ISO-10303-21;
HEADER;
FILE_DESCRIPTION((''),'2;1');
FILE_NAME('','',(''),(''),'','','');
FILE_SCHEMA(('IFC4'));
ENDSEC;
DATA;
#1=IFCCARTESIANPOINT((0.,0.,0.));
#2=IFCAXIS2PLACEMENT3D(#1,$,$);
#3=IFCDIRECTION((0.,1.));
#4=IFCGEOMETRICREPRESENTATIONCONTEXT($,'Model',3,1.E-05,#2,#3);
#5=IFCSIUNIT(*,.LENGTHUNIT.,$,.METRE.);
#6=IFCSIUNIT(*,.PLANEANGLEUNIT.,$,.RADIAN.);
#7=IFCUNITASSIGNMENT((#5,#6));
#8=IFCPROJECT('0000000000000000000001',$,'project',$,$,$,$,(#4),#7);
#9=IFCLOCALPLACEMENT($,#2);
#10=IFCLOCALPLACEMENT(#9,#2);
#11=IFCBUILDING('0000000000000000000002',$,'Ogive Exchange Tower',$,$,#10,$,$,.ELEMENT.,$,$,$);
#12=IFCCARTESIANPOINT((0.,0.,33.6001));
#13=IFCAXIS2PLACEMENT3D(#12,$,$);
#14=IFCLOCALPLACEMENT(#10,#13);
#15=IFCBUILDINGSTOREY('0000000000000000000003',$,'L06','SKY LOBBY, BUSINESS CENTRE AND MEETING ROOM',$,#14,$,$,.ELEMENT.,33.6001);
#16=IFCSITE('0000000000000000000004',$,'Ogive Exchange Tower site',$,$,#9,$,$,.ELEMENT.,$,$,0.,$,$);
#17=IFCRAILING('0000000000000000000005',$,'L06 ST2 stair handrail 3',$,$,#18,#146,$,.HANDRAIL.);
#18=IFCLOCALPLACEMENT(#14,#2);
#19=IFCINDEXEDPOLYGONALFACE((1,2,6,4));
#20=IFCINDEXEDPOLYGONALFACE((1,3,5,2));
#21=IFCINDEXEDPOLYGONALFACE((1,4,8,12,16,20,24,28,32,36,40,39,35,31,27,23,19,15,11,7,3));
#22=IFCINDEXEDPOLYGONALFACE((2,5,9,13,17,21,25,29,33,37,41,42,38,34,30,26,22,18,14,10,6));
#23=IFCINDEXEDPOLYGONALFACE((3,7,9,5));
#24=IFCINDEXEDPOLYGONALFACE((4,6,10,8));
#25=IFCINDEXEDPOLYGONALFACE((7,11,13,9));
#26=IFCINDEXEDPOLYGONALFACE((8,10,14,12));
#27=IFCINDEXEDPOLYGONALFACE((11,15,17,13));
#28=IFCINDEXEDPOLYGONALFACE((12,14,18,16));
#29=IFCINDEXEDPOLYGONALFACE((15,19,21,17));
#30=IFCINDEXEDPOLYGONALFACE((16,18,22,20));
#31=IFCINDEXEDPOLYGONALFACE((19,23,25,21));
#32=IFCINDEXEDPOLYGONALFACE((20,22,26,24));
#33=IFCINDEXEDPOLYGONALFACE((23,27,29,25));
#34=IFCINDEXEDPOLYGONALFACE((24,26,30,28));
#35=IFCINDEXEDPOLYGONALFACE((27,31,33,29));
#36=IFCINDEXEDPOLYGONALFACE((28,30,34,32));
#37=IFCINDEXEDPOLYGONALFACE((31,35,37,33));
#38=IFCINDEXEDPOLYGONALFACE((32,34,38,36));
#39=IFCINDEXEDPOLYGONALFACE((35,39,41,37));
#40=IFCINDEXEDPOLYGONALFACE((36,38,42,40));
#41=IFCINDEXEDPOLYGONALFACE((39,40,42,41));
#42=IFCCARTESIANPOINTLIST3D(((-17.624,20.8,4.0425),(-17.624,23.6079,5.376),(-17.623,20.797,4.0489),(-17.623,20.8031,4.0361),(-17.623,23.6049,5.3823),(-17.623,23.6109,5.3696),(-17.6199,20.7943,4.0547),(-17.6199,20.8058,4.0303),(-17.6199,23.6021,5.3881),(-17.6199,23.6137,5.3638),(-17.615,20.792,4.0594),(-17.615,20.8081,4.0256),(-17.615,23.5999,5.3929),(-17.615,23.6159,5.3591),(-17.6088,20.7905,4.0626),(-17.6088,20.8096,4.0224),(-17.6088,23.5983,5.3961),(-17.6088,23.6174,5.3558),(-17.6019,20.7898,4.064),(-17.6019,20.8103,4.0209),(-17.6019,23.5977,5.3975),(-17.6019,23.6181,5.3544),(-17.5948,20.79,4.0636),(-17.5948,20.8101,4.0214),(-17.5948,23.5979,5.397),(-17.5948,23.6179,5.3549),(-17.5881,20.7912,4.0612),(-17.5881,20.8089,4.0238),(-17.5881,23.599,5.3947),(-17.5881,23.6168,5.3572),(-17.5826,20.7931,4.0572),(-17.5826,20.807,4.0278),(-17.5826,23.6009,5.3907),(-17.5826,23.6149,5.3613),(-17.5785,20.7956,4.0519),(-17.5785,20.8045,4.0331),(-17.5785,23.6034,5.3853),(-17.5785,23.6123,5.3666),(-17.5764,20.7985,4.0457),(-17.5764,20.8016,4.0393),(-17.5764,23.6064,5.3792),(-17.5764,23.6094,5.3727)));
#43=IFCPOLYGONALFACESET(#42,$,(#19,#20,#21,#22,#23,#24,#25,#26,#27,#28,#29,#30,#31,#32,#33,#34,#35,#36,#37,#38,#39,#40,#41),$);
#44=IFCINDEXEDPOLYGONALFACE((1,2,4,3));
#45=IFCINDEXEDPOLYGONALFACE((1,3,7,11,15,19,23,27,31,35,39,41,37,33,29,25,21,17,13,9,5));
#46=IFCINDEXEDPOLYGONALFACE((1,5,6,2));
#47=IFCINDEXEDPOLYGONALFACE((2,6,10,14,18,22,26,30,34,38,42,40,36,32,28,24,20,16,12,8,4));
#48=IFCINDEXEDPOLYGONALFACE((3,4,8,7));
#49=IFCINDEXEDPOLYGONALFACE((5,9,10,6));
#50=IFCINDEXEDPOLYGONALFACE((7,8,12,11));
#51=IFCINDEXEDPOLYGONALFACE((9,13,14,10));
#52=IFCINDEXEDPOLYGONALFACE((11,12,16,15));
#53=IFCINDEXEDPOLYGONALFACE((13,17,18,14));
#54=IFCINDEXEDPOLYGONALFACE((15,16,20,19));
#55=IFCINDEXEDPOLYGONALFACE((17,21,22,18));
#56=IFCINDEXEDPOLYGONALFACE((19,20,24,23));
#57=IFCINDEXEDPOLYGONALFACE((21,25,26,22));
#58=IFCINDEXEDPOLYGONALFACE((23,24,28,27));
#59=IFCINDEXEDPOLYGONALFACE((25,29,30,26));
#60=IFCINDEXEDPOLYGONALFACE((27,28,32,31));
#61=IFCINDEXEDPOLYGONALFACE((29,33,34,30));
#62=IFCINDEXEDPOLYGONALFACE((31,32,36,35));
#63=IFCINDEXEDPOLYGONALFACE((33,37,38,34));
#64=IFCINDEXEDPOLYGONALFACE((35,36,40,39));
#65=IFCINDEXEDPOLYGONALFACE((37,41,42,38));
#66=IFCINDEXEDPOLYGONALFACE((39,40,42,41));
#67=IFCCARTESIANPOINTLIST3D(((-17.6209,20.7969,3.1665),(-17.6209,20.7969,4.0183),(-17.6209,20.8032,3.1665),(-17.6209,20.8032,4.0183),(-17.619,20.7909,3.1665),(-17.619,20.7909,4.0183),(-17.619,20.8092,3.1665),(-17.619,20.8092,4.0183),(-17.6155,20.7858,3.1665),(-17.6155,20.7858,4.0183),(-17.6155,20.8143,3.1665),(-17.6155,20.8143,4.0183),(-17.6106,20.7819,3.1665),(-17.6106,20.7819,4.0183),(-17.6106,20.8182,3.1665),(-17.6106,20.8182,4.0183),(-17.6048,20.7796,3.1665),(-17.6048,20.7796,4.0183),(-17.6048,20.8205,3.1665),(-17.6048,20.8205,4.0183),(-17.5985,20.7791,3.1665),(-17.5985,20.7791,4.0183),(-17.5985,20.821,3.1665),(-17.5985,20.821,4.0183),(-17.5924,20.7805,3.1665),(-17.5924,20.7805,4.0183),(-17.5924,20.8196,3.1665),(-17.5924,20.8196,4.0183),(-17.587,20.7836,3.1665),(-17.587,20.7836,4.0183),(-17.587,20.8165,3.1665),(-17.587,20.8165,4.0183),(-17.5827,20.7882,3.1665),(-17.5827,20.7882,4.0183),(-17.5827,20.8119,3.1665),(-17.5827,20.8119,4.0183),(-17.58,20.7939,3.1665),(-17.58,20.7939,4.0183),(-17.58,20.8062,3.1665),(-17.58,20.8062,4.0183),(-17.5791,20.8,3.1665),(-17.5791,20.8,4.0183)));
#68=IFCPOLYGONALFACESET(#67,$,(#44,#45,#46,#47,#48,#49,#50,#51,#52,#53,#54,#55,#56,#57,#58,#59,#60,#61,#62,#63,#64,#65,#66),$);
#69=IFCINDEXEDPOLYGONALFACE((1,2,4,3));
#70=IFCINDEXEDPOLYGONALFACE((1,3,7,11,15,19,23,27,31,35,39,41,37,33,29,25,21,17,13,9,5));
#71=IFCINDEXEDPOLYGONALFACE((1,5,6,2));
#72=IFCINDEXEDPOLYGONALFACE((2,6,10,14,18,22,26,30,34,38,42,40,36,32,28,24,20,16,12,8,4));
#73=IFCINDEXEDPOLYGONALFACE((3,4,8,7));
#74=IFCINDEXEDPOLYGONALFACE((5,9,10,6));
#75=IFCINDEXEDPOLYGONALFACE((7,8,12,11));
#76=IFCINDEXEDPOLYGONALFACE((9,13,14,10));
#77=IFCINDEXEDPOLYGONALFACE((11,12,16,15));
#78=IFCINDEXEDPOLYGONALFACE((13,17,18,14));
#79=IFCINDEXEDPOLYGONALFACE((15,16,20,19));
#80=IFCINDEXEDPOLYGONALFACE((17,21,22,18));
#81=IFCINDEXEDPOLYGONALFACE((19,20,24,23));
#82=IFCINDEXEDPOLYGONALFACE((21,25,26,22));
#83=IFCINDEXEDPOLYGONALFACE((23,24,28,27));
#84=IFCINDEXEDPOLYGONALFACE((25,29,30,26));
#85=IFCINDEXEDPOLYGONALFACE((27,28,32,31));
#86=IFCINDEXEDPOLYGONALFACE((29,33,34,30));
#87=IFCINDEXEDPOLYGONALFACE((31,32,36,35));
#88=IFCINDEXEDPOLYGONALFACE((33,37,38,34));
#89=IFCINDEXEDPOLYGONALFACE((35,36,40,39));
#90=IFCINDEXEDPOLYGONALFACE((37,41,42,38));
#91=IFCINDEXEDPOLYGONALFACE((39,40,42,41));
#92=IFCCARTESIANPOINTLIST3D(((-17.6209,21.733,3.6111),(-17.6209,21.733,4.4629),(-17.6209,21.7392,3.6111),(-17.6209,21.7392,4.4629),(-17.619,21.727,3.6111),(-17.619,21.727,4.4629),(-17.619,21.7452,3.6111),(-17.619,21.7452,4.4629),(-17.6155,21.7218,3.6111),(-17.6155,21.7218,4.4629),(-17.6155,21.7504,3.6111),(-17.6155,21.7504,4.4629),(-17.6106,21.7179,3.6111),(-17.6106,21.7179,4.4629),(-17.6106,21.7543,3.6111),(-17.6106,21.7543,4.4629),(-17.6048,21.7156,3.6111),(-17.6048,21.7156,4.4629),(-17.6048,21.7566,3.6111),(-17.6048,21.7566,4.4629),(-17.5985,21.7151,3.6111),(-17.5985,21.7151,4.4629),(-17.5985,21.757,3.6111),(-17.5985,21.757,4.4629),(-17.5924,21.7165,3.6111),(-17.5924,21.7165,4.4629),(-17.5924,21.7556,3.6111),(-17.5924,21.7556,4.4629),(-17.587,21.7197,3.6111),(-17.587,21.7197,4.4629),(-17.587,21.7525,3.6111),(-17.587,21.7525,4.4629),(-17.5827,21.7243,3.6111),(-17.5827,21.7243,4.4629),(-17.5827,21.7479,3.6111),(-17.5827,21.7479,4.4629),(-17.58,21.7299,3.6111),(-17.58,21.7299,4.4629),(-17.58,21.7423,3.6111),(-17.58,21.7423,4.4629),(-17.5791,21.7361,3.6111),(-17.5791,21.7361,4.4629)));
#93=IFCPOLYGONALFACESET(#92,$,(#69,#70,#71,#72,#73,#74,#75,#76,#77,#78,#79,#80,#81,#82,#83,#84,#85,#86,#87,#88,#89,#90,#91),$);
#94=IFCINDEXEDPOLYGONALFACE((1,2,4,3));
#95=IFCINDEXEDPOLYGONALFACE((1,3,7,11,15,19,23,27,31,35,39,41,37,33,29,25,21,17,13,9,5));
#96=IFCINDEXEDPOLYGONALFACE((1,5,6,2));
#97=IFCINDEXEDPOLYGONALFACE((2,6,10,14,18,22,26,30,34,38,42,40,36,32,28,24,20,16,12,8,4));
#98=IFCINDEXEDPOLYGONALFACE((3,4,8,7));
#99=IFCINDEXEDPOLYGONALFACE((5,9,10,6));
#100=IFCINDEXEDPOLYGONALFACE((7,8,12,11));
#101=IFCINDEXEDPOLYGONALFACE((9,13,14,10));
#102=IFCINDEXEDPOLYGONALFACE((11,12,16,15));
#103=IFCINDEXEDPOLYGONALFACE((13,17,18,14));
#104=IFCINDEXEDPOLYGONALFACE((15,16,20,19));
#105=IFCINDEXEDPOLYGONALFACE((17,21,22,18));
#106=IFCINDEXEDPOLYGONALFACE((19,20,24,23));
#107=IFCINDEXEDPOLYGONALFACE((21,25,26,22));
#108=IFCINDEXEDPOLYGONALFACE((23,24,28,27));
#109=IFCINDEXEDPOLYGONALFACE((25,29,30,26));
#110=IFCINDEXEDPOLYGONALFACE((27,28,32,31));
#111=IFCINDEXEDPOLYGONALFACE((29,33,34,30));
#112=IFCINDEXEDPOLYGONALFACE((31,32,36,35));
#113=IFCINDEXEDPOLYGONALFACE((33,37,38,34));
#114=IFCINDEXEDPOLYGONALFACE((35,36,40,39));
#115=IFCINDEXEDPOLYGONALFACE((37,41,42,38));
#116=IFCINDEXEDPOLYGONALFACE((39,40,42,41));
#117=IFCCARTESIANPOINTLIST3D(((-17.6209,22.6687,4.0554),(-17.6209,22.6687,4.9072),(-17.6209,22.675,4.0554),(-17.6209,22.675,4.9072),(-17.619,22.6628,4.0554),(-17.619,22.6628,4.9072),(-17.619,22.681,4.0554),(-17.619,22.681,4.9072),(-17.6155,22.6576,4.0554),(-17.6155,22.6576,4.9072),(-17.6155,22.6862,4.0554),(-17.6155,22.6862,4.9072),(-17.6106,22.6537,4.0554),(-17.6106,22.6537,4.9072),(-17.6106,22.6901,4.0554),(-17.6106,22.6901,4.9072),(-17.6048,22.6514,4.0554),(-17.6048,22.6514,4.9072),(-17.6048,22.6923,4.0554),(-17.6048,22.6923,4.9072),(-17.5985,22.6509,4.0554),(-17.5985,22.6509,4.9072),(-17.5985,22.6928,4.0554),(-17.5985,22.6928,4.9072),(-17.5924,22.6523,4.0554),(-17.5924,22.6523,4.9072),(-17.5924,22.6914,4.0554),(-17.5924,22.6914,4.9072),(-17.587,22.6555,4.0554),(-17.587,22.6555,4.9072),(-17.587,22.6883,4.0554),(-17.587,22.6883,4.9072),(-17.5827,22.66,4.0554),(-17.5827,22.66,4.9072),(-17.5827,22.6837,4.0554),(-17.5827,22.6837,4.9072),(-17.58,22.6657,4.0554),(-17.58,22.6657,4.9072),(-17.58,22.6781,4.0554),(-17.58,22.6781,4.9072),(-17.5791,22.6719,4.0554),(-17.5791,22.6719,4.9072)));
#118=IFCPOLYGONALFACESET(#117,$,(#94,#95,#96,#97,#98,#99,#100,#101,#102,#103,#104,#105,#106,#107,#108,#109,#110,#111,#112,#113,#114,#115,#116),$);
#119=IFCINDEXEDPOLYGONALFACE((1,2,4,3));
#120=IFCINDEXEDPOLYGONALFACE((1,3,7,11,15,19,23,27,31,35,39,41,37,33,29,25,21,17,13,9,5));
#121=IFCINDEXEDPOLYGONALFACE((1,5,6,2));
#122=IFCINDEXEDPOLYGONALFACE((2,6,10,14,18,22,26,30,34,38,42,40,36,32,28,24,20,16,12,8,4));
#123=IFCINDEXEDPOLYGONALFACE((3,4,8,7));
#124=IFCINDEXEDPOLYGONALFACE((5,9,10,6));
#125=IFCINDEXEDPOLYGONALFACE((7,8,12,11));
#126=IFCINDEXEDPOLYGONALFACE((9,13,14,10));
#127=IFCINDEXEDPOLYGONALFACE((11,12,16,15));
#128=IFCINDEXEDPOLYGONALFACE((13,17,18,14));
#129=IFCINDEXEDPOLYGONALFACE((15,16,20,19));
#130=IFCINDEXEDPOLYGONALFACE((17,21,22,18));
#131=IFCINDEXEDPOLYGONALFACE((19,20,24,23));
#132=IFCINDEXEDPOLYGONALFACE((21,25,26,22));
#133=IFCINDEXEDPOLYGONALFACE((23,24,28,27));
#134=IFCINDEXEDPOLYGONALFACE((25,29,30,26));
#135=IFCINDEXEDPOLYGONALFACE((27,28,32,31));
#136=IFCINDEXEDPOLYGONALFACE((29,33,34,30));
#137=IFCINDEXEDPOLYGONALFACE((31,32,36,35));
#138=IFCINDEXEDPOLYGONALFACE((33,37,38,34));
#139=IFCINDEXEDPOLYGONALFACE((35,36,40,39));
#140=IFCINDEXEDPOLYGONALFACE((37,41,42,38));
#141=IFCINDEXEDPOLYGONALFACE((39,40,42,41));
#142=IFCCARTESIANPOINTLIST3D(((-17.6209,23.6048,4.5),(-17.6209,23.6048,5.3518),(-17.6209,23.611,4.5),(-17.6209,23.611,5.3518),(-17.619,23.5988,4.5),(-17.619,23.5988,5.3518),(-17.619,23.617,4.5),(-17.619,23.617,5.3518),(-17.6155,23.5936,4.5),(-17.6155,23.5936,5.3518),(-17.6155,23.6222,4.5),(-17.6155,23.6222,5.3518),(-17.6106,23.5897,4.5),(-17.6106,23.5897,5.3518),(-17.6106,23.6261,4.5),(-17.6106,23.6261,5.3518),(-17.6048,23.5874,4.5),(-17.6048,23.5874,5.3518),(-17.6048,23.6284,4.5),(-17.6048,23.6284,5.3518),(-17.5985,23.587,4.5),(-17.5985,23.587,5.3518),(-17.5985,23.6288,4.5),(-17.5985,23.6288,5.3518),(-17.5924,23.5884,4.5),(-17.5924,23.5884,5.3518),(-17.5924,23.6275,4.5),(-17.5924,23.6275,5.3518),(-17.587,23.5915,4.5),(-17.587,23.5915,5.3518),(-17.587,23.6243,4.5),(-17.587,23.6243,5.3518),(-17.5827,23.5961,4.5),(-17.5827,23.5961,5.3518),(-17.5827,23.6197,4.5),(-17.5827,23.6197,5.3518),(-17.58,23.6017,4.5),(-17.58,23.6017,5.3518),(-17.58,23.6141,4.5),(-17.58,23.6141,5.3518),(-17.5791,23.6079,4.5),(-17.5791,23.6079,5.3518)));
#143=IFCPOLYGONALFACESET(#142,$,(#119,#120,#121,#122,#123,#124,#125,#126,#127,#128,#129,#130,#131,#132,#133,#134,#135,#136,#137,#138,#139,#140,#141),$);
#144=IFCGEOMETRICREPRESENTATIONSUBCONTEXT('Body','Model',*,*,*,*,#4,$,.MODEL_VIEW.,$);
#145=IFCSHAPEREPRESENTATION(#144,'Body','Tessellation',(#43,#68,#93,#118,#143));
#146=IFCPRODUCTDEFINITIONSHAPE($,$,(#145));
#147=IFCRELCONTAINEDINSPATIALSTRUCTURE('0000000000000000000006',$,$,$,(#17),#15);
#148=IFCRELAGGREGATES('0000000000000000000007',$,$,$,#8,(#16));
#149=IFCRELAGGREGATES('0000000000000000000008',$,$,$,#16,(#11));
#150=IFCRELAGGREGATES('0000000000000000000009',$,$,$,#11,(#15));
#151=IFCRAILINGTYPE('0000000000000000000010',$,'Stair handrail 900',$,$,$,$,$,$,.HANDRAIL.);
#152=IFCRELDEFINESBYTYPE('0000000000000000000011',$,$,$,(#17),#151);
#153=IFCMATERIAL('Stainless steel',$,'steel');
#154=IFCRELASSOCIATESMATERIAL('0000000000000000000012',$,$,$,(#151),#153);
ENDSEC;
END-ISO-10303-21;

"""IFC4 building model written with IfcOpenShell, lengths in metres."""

from ifc_helpers import new_model, si_unit, direction, frame, origin, origin_2d, place, context, subcontext, project, spatial, circle, extrude, material, type_object, element, save


model = new_model("IFC4")

# Units and contexts
model_context = context("Model", 3, precision=1e-05, world=origin(), true_north=direction((0.0, 1.0)))
body_context = subcontext(model_context, "Body", "Model", "MODEL_VIEW")
ifc_project = project(units=[si_unit("LENGTHUNIT", "METRE"), si_unit("PLANEANGLEUNIT", "RADIAN")], contexts=[model_context])

# Site, building, storey
site_placement = place(None, origin())
site = spatial("IfcSite", under=ifc_project, at=site_placement, Name="Ogive Exchange Tower site", CompositionType="ELEMENT", RefElevation=0.0)
building_placement = place(site_placement, origin())
building = spatial("IfcBuilding", under=site, at=building_placement, Name="Ogive Exchange Tower", CompositionType="ELEMENT")
storey_placement = place(building_placement, frame((0.0, 0.0, 33.6001)))
storey = spatial("IfcBuildingStorey", under=building, at=storey_placement, Name="L06", Description="SKY LOBBY, BUSINESS CENTRE AND MEETING ROOM", CompositionType="ELEMENT", Elevation=33.6001)

# Railing
ifc_material_1 = material(Name="Stainless steel", Category="steel")
railing_type = type_object("IfcRailingType", Name="Stair handrail 900", PredefinedType="HANDRAIL", material=ifc_material_1)
railing_1_placement = place(storey_placement, frame((-17.6001, 20.8, 3.1665)))
element("IfcRailing", 1, at=railing_1_placement, inside=storey, type_object=railing_type, Name="L06 ST2 stair handrail 3", PredefinedType="HANDRAIL", context=body_context, shape_type="SweptSolid", body=[
    extrude(circle(Radius=0.0239, at=origin_2d()), frame((0.0, 0.0, 0.876), z_axis=(0.0, 0.903307, 0.428994), x_axis=(-1.0, 0.0, 0.0)), (0.0, 0.0, 1.0), 3.1084),
    extrude(circle(Radius=0.021, at=origin_2d()), origin(), (0.0, 0.0, 1.0), 0.8518),
    extrude(circle(Radius=0.021, at=origin_2d()), frame((0.0, 0.936, 0.4446)), (0.0, 0.0, 1.0), 0.8518),
    extrude(circle(Radius=0.021, at=origin_2d()), frame((0.0, 1.8718, 0.8889)), (0.0, 0.0, 1.0), 0.8518),
    extrude(circle(Radius=0.021, at=origin_2d()), frame((0.0, 2.8079, 1.3335)), (0.0, 0.0, 1.0), 0.8518),
])

save(model, "model.ifc")
